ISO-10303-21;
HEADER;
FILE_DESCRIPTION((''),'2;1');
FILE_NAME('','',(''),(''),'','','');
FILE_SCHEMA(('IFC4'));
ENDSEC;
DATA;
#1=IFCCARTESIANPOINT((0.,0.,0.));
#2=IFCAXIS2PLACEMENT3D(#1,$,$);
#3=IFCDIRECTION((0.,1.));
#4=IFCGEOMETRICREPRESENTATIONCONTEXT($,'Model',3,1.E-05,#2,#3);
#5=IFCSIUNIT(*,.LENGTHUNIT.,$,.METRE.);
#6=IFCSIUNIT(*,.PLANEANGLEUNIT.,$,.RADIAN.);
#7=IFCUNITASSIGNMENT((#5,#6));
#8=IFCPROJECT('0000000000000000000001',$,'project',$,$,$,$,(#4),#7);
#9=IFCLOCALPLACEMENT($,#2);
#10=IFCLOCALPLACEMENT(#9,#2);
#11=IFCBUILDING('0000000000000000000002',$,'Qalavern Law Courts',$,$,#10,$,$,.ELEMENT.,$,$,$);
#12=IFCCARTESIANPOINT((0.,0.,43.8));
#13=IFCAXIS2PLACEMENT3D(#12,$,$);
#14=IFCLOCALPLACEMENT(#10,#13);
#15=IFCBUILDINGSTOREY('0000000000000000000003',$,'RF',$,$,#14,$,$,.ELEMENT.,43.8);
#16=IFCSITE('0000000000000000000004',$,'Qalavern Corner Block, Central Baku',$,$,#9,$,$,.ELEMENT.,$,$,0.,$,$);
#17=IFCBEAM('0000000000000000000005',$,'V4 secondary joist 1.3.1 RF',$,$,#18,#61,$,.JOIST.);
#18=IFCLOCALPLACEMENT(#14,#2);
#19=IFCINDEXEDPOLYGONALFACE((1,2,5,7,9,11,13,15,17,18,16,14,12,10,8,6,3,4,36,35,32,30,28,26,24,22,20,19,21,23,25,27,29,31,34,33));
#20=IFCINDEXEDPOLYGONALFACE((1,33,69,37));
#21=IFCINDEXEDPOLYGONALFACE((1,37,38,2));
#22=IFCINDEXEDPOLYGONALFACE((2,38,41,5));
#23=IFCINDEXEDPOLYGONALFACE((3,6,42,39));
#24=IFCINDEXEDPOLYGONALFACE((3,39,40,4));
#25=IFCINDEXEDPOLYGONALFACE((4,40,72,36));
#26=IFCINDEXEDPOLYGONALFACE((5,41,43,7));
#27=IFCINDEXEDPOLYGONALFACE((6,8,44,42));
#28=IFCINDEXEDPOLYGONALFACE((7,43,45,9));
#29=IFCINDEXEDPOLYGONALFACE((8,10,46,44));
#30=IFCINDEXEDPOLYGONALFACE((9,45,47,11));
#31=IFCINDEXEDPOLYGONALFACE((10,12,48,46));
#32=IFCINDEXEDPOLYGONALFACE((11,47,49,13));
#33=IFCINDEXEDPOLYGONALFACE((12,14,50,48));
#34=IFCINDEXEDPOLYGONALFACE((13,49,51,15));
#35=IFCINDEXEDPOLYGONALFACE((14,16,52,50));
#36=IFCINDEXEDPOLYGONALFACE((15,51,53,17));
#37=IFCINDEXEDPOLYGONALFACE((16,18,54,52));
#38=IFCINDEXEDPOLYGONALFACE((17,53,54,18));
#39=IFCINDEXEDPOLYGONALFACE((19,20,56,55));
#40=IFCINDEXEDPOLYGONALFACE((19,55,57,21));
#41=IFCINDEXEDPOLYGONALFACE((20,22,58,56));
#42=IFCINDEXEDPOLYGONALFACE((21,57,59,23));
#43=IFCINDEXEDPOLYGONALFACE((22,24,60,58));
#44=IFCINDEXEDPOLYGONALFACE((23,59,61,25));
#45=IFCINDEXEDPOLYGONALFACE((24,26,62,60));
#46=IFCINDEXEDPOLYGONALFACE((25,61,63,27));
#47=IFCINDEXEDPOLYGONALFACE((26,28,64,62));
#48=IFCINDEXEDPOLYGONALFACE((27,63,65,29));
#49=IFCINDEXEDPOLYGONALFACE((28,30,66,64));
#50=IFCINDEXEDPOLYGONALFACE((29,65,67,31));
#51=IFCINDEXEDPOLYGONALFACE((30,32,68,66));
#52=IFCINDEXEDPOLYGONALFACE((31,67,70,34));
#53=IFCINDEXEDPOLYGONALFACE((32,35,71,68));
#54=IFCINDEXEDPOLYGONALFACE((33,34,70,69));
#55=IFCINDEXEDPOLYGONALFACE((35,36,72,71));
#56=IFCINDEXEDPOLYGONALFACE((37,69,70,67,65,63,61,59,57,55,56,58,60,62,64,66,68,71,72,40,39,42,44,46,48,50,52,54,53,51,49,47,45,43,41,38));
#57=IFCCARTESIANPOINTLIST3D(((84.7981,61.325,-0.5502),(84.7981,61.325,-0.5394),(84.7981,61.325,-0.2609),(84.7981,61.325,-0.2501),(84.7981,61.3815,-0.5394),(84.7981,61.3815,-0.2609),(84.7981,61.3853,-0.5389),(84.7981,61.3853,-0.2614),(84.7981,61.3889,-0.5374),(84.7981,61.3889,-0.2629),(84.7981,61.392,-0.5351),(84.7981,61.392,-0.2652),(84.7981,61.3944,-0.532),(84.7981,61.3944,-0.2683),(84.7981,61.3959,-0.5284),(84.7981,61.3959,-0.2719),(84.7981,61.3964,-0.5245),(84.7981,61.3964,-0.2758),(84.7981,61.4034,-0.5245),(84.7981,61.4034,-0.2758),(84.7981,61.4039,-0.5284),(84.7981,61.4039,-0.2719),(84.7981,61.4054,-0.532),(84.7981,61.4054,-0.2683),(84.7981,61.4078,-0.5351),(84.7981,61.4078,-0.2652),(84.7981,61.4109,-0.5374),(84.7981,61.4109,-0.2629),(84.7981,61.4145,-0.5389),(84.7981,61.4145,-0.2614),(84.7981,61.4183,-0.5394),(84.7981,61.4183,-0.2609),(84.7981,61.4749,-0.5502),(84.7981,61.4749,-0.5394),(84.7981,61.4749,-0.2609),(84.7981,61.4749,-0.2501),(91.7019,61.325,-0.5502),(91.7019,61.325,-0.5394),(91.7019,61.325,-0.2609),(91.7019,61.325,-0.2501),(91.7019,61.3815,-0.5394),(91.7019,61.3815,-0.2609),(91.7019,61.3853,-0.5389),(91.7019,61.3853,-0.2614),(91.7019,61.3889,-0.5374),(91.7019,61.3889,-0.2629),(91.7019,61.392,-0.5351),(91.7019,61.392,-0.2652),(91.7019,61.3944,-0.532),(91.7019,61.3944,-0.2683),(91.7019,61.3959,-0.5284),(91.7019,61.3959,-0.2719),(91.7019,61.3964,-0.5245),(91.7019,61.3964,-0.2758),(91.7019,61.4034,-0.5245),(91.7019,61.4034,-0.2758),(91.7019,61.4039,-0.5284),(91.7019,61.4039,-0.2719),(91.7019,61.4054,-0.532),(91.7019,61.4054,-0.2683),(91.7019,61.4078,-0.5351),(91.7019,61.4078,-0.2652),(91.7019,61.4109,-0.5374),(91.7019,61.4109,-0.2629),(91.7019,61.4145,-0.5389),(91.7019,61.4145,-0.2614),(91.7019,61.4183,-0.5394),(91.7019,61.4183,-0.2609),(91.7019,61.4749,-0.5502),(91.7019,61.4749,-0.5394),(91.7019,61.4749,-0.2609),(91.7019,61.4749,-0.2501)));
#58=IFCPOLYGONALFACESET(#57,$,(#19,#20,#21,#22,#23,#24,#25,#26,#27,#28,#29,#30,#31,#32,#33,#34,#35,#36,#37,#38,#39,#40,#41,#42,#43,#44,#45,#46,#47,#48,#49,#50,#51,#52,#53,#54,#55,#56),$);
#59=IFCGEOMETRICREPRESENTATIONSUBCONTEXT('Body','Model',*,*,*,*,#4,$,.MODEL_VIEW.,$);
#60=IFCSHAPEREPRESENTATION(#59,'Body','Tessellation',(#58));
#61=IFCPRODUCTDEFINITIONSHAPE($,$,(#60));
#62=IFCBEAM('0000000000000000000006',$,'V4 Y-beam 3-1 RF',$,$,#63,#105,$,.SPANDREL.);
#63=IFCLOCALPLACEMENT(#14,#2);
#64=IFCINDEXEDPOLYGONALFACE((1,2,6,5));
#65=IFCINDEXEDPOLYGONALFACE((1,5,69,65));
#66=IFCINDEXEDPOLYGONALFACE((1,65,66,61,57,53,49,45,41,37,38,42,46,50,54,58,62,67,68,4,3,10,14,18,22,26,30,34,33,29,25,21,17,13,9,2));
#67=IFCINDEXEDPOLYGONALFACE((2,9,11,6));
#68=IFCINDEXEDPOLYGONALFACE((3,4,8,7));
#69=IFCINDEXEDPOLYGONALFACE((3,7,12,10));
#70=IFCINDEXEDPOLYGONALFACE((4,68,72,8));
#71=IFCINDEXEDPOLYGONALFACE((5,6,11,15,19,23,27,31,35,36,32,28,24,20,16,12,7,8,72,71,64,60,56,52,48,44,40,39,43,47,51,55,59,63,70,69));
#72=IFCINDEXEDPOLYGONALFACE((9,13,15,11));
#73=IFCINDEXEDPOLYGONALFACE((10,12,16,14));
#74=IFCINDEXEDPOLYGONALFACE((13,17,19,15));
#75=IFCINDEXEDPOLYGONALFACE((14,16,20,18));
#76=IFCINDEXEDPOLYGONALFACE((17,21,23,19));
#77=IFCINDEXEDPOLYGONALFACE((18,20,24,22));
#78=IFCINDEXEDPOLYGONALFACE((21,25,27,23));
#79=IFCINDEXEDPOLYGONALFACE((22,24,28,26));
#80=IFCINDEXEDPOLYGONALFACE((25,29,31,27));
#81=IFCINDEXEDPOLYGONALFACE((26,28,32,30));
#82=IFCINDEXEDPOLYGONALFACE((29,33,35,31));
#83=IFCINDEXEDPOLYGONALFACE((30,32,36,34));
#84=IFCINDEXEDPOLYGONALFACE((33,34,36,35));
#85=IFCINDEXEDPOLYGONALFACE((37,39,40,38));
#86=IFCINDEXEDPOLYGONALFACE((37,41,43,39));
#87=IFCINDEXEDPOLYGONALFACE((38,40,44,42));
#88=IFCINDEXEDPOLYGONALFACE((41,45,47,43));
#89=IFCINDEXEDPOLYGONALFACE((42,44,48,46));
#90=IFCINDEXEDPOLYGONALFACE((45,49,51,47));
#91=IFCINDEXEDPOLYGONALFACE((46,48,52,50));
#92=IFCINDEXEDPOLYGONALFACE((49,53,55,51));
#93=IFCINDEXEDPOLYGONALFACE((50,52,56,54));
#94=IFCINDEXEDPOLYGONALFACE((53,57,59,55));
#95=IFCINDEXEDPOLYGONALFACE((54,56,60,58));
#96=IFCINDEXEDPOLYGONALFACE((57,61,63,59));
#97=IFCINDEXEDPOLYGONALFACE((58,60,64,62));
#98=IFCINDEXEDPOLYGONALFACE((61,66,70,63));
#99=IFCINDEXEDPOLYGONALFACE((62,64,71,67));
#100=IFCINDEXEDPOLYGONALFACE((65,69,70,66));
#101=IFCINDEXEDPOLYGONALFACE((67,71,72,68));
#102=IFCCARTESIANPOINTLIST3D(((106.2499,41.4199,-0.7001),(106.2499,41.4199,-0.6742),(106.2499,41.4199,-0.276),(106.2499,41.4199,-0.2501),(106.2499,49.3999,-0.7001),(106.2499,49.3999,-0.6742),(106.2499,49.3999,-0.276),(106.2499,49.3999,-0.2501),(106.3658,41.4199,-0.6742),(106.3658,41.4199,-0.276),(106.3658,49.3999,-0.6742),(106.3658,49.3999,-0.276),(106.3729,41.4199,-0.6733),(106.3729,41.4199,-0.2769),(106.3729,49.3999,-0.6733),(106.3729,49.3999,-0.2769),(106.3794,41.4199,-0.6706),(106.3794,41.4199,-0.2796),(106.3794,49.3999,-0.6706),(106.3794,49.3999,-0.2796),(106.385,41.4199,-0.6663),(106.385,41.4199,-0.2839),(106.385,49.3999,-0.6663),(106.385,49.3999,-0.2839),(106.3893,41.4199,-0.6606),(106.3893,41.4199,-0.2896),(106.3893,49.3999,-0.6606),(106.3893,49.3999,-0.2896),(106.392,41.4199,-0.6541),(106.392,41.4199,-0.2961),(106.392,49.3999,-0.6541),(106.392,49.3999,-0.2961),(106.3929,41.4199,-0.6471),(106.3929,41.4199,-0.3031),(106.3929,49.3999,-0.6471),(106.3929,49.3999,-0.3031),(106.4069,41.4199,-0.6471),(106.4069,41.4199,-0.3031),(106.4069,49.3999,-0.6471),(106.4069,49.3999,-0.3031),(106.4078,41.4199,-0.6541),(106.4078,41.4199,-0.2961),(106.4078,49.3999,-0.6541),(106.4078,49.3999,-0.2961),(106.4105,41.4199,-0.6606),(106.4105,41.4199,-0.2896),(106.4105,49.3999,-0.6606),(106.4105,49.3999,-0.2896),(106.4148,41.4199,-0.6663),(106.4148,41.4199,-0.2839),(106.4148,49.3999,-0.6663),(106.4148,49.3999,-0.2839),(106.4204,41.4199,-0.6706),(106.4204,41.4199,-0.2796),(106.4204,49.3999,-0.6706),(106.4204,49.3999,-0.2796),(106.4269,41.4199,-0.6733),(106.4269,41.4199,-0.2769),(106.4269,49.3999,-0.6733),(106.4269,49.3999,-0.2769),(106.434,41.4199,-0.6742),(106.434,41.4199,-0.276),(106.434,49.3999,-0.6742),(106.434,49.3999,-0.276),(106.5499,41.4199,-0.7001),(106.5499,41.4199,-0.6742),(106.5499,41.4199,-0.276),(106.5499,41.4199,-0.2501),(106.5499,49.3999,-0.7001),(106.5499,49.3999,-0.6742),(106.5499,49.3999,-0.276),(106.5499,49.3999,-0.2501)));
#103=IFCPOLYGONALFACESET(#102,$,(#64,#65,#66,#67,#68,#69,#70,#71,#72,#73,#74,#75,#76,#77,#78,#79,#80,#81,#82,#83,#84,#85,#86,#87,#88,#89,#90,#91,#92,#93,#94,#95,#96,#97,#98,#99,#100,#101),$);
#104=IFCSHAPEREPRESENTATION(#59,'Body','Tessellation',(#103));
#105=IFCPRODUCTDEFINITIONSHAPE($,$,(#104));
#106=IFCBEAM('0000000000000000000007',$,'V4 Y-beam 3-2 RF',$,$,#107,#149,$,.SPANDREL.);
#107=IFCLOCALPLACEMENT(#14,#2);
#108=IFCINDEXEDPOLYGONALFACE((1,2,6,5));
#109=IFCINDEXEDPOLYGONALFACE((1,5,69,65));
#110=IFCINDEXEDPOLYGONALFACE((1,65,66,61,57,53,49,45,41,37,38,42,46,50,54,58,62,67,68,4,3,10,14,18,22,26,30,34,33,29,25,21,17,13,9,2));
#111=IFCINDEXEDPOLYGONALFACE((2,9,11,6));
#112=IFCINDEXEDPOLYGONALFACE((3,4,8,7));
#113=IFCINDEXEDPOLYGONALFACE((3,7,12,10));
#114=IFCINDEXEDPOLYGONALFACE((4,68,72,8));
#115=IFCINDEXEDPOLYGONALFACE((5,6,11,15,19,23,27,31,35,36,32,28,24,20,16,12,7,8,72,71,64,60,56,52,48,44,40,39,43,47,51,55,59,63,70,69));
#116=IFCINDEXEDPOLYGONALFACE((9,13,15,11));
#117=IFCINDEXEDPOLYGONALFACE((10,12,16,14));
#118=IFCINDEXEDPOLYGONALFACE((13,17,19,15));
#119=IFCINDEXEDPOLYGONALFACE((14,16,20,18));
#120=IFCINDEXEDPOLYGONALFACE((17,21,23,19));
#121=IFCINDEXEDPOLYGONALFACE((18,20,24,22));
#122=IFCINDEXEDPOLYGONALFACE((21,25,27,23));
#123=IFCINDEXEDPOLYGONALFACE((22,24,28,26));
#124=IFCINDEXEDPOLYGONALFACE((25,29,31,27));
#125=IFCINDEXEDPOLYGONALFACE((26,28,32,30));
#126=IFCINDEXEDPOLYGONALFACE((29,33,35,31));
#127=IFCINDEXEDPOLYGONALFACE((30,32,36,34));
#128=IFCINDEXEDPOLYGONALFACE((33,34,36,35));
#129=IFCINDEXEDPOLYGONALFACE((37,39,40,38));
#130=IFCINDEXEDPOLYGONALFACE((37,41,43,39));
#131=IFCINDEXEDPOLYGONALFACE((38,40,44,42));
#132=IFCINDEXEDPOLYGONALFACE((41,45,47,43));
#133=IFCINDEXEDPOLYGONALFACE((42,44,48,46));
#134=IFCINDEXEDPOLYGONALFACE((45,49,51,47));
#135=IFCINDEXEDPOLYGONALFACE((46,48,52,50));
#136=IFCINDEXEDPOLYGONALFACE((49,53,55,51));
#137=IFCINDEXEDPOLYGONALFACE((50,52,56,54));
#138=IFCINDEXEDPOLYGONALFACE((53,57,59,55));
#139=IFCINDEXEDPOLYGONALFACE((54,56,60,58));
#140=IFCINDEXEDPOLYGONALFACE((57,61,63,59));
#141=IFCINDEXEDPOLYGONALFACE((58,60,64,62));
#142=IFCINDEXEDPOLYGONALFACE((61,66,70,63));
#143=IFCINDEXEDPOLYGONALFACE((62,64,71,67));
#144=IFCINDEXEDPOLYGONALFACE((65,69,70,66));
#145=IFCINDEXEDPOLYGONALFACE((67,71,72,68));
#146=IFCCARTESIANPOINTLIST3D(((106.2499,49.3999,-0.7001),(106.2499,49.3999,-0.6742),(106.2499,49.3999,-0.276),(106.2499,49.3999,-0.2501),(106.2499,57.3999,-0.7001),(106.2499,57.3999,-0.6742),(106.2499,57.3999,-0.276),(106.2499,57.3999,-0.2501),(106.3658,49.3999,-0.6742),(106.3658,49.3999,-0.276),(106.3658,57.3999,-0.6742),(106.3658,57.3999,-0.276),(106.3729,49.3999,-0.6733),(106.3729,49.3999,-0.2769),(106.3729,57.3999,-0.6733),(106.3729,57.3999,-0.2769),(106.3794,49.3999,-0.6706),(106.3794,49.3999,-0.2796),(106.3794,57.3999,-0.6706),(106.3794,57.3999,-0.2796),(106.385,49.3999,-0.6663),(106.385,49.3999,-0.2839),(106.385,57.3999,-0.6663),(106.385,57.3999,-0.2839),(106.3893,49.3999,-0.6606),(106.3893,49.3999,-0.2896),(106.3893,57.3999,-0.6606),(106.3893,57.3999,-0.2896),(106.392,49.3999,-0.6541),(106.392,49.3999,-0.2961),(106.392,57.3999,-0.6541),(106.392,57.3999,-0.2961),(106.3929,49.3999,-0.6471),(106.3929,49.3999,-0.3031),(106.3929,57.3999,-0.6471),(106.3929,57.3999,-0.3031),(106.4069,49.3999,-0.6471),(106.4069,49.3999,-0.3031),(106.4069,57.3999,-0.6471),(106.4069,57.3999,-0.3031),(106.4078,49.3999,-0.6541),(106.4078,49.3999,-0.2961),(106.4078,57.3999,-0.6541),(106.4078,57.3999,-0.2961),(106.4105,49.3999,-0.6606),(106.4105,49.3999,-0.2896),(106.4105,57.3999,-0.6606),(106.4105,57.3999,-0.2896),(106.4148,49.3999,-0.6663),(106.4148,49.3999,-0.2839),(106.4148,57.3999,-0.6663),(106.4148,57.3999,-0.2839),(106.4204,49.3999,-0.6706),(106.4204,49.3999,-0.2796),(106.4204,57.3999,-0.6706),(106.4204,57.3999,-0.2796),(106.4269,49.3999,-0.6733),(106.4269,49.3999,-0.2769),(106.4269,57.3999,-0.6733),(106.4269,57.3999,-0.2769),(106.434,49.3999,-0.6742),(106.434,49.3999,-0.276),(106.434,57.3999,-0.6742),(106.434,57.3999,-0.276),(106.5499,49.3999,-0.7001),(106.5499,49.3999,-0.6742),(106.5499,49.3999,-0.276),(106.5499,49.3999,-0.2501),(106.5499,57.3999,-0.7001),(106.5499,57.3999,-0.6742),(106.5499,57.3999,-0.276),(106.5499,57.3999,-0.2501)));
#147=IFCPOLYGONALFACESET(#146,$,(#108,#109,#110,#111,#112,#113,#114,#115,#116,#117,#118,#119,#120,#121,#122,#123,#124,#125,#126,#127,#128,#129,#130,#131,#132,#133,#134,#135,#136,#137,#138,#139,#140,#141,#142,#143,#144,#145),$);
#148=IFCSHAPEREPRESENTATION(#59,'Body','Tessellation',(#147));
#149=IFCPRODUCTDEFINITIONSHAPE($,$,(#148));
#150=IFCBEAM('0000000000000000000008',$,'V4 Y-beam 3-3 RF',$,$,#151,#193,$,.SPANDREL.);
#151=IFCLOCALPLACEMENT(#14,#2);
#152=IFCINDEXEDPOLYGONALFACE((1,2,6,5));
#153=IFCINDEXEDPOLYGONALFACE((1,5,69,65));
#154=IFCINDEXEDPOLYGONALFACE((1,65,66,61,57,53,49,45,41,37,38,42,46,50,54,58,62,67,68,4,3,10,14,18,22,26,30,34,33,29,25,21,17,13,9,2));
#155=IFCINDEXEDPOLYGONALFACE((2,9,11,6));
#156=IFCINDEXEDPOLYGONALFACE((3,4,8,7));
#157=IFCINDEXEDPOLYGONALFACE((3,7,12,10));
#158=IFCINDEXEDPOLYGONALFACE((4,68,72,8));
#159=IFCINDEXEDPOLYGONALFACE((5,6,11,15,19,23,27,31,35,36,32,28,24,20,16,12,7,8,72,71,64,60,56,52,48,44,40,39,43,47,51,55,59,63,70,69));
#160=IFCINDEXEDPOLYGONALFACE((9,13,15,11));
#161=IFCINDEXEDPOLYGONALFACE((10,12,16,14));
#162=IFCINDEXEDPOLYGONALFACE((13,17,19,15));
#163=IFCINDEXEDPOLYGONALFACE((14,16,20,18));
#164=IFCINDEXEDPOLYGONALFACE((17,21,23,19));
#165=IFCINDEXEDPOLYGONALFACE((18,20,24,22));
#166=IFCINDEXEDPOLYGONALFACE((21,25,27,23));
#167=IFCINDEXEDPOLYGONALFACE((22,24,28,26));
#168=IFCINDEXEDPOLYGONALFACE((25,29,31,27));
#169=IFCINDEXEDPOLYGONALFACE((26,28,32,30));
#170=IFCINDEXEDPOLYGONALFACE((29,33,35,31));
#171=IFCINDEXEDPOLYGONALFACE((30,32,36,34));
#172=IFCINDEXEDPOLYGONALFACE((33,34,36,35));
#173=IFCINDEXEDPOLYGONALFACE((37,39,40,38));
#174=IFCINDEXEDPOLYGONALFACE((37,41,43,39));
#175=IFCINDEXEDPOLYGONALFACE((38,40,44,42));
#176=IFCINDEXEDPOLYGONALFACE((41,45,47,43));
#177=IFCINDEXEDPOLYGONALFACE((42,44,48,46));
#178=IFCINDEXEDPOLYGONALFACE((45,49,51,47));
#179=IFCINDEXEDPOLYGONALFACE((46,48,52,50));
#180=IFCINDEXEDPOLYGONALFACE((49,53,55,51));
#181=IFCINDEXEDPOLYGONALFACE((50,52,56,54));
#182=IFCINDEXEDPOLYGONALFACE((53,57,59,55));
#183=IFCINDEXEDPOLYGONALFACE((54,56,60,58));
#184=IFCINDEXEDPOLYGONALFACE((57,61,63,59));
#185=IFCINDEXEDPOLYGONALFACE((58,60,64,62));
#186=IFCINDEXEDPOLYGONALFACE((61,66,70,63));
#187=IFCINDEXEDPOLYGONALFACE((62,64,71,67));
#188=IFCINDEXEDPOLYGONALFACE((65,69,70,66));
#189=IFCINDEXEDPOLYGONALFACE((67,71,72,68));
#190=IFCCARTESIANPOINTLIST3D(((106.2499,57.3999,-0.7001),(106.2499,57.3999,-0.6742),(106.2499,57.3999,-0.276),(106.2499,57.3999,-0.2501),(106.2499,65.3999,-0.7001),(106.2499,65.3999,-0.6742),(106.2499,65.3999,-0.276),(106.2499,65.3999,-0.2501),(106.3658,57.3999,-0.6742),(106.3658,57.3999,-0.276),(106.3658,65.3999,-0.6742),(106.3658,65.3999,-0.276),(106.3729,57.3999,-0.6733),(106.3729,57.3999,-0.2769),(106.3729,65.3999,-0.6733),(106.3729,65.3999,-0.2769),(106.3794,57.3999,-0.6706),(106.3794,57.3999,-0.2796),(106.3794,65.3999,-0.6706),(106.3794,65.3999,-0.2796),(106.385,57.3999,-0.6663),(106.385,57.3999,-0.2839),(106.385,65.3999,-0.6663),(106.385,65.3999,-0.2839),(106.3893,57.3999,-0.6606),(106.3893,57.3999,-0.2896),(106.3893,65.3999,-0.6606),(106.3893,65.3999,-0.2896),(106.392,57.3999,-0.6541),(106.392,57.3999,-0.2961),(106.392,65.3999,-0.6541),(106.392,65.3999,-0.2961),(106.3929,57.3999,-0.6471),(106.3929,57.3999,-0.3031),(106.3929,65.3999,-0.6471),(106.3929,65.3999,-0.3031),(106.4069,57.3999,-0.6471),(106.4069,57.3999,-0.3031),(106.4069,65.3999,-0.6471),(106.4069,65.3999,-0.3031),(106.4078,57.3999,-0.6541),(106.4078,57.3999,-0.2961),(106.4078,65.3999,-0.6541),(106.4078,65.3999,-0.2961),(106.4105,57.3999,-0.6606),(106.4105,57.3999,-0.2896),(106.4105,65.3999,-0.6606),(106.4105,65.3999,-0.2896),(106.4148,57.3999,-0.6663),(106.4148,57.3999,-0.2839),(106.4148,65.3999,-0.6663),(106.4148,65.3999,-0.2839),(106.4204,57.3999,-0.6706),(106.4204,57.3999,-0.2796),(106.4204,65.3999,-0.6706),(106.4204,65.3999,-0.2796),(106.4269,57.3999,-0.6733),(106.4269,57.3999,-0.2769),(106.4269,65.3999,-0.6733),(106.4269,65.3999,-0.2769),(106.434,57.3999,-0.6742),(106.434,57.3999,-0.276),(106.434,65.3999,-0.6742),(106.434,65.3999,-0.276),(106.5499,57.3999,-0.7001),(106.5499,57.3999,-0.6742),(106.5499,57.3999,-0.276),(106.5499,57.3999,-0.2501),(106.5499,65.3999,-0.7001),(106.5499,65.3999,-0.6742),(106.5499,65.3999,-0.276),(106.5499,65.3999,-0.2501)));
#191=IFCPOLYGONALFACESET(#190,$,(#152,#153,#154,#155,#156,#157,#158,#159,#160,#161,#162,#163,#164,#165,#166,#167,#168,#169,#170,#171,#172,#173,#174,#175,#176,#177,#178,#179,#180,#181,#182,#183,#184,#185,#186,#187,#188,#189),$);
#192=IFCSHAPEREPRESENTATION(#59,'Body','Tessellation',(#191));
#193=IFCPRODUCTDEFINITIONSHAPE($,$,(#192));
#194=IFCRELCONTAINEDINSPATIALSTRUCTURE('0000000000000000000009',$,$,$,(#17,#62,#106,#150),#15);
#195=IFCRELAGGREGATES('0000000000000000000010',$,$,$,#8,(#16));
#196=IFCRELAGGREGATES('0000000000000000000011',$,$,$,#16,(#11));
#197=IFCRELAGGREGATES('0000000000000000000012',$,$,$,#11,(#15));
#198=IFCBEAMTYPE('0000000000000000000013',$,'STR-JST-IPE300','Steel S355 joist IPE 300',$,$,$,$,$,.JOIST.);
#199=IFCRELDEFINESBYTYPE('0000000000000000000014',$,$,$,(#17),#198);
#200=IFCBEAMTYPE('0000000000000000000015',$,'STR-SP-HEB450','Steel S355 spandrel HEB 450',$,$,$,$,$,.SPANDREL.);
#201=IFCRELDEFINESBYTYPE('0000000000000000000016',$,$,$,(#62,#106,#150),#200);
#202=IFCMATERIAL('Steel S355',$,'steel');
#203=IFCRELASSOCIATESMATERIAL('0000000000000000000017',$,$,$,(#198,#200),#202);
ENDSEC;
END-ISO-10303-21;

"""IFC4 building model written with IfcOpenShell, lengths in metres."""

from ifc_helpers import new_model, si_unit, direction, frame, origin, origin_2d, place, context, subcontext, project, spatial, i_section, extrude, material, material_profile, profile_set, type_object, element, save


model = new_model("IFC4")

# Units and contexts
model_context = context("Model", 3, precision=1e-05, world=origin(), true_north=direction((0.0, 1.0)))
body_context = subcontext(model_context, "Body", "Model", "MODEL_VIEW")
ifc_project = project(units=[si_unit("LENGTHUNIT", "METRE"), si_unit("PLANEANGLEUNIT", "RADIAN")], contexts=[model_context])

# Site, building, storey
site_placement = place(None, origin())
site = spatial("IfcSite", under=ifc_project, at=site_placement, Name="Qalavern Corner Block, Central Baku", CompositionType="ELEMENT", RefElevation=0.0)
building_placement = place(site_placement, origin())
building = spatial("IfcBuilding", under=site, at=building_placement, Name="Qalavern Law Courts", CompositionType="ELEMENT")
storey_placement = place(building_placement, frame((0.0, 0.0, 43.8)))
storey = spatial("IfcBuildingStorey", under=building, at=storey_placement, Name="RF", CompositionType="ELEMENT", Elevation=43.8)

# Beams
ifc_material_1 = material(Name="Steel S355", Category="steel")
ifc_material_profile_1 = material_profile(ifc_material_1, i_section(OverallWidth=0.1499, OverallDepth=0.3, WebThickness=0.0071, FlangeThickness=0.0107, FilletRadius=0.0149, at=origin_2d()), Name="IPE 300")
ifc_profile_set_1 = profile_set([ifc_material_profile_1], Name="Steel S355")
beam_type_1 = type_object("IfcBeamType", Name="STR-JST-IPE300", Description="Steel S355 joist IPE 300", PredefinedType="JOIST", material=ifc_profile_set_1)
beam_1_placement = place(storey_placement, frame((84.7981, 61.3999, -0.4001), z_axis=(1.0, 0.0, 0.0), x_axis=(0.0, 1.0, 0.0)))
element("IfcBeam", 1, at=beam_1_placement, inside=storey, type_object=beam_type_1, Name="V4 secondary joist 1.3.1 RF", PredefinedType="JOIST", context=body_context, shape_type="SweptSolid", body=[
    extrude(i_section(OverallWidth=0.1499, OverallDepth=0.3, WebThickness=0.0071, FlangeThickness=0.0107, FilletRadius=0.0149, at=origin_2d()), origin(), (0.0, 0.0, 1.0), 6.9038),
])
ifc_material_profile_2 = material_profile(ifc_material_1, i_section(OverallWidth=0.3, OverallDepth=0.45, WebThickness=0.0139, FlangeThickness=0.0259, FilletRadius=0.0271, at=origin_2d()), Name="HEB 450")
ifc_profile_set_2 = profile_set([ifc_material_profile_2], Name="Steel S355")
beam_type_2 = type_object("IfcBeamType", Name="STR-SP-HEB450", Description="Steel S355 spandrel HEB 450", PredefinedType="SPANDREL", material=ifc_profile_set_2)
beam_2_placement = place(storey_placement, frame((106.3999, 41.4199, -0.4751), z_axis=(0.0, 1.0, 0.0), x_axis=(-1.0, 0.0, 0.0)))
element("IfcBeam", 2, at=beam_2_placement, inside=storey, type_object=beam_type_2, Name="V4 Y-beam 3-1 RF", PredefinedType="SPANDREL", context=body_context, shape_type="SweptSolid", body=[
    extrude(i_section(OverallWidth=0.3, OverallDepth=0.45, WebThickness=0.0139, FlangeThickness=0.0259, FilletRadius=0.0271, at=origin_2d()), origin(), (0.0, 0.0, 1.0), 7.98),
])
for number, where, z_axis, x_axis, name in (
    (3, (106.3999, 49.3999, -0.4751), (0.0, 1.0, 0.0), (-1.0, 0.0, 0.0), "V4 Y-beam 3-2 RF"),
    (4, (106.3999, 57.3999, -0.4751), (0.0, 1.0, 0.0), (-1.0, 0.0, 0.0), "V4 Y-beam 3-3 RF"),
):
    element("IfcBeam", number, at=place(storey_placement, frame(where, z_axis=z_axis, x_axis=x_axis)), inside=storey, type_object=beam_type_2, Name=name, PredefinedType="SPANDREL", context=body_context, shape_type="SweptSolid", body=[
        extrude(i_section(OverallWidth=0.3, OverallDepth=0.45, WebThickness=0.0139, FlangeThickness=0.0259, FilletRadius=0.0271, at=origin_2d()), origin(), (0.0, 0.0, 1.0), 8.0),
    ])

save(model, "model.ifc")
